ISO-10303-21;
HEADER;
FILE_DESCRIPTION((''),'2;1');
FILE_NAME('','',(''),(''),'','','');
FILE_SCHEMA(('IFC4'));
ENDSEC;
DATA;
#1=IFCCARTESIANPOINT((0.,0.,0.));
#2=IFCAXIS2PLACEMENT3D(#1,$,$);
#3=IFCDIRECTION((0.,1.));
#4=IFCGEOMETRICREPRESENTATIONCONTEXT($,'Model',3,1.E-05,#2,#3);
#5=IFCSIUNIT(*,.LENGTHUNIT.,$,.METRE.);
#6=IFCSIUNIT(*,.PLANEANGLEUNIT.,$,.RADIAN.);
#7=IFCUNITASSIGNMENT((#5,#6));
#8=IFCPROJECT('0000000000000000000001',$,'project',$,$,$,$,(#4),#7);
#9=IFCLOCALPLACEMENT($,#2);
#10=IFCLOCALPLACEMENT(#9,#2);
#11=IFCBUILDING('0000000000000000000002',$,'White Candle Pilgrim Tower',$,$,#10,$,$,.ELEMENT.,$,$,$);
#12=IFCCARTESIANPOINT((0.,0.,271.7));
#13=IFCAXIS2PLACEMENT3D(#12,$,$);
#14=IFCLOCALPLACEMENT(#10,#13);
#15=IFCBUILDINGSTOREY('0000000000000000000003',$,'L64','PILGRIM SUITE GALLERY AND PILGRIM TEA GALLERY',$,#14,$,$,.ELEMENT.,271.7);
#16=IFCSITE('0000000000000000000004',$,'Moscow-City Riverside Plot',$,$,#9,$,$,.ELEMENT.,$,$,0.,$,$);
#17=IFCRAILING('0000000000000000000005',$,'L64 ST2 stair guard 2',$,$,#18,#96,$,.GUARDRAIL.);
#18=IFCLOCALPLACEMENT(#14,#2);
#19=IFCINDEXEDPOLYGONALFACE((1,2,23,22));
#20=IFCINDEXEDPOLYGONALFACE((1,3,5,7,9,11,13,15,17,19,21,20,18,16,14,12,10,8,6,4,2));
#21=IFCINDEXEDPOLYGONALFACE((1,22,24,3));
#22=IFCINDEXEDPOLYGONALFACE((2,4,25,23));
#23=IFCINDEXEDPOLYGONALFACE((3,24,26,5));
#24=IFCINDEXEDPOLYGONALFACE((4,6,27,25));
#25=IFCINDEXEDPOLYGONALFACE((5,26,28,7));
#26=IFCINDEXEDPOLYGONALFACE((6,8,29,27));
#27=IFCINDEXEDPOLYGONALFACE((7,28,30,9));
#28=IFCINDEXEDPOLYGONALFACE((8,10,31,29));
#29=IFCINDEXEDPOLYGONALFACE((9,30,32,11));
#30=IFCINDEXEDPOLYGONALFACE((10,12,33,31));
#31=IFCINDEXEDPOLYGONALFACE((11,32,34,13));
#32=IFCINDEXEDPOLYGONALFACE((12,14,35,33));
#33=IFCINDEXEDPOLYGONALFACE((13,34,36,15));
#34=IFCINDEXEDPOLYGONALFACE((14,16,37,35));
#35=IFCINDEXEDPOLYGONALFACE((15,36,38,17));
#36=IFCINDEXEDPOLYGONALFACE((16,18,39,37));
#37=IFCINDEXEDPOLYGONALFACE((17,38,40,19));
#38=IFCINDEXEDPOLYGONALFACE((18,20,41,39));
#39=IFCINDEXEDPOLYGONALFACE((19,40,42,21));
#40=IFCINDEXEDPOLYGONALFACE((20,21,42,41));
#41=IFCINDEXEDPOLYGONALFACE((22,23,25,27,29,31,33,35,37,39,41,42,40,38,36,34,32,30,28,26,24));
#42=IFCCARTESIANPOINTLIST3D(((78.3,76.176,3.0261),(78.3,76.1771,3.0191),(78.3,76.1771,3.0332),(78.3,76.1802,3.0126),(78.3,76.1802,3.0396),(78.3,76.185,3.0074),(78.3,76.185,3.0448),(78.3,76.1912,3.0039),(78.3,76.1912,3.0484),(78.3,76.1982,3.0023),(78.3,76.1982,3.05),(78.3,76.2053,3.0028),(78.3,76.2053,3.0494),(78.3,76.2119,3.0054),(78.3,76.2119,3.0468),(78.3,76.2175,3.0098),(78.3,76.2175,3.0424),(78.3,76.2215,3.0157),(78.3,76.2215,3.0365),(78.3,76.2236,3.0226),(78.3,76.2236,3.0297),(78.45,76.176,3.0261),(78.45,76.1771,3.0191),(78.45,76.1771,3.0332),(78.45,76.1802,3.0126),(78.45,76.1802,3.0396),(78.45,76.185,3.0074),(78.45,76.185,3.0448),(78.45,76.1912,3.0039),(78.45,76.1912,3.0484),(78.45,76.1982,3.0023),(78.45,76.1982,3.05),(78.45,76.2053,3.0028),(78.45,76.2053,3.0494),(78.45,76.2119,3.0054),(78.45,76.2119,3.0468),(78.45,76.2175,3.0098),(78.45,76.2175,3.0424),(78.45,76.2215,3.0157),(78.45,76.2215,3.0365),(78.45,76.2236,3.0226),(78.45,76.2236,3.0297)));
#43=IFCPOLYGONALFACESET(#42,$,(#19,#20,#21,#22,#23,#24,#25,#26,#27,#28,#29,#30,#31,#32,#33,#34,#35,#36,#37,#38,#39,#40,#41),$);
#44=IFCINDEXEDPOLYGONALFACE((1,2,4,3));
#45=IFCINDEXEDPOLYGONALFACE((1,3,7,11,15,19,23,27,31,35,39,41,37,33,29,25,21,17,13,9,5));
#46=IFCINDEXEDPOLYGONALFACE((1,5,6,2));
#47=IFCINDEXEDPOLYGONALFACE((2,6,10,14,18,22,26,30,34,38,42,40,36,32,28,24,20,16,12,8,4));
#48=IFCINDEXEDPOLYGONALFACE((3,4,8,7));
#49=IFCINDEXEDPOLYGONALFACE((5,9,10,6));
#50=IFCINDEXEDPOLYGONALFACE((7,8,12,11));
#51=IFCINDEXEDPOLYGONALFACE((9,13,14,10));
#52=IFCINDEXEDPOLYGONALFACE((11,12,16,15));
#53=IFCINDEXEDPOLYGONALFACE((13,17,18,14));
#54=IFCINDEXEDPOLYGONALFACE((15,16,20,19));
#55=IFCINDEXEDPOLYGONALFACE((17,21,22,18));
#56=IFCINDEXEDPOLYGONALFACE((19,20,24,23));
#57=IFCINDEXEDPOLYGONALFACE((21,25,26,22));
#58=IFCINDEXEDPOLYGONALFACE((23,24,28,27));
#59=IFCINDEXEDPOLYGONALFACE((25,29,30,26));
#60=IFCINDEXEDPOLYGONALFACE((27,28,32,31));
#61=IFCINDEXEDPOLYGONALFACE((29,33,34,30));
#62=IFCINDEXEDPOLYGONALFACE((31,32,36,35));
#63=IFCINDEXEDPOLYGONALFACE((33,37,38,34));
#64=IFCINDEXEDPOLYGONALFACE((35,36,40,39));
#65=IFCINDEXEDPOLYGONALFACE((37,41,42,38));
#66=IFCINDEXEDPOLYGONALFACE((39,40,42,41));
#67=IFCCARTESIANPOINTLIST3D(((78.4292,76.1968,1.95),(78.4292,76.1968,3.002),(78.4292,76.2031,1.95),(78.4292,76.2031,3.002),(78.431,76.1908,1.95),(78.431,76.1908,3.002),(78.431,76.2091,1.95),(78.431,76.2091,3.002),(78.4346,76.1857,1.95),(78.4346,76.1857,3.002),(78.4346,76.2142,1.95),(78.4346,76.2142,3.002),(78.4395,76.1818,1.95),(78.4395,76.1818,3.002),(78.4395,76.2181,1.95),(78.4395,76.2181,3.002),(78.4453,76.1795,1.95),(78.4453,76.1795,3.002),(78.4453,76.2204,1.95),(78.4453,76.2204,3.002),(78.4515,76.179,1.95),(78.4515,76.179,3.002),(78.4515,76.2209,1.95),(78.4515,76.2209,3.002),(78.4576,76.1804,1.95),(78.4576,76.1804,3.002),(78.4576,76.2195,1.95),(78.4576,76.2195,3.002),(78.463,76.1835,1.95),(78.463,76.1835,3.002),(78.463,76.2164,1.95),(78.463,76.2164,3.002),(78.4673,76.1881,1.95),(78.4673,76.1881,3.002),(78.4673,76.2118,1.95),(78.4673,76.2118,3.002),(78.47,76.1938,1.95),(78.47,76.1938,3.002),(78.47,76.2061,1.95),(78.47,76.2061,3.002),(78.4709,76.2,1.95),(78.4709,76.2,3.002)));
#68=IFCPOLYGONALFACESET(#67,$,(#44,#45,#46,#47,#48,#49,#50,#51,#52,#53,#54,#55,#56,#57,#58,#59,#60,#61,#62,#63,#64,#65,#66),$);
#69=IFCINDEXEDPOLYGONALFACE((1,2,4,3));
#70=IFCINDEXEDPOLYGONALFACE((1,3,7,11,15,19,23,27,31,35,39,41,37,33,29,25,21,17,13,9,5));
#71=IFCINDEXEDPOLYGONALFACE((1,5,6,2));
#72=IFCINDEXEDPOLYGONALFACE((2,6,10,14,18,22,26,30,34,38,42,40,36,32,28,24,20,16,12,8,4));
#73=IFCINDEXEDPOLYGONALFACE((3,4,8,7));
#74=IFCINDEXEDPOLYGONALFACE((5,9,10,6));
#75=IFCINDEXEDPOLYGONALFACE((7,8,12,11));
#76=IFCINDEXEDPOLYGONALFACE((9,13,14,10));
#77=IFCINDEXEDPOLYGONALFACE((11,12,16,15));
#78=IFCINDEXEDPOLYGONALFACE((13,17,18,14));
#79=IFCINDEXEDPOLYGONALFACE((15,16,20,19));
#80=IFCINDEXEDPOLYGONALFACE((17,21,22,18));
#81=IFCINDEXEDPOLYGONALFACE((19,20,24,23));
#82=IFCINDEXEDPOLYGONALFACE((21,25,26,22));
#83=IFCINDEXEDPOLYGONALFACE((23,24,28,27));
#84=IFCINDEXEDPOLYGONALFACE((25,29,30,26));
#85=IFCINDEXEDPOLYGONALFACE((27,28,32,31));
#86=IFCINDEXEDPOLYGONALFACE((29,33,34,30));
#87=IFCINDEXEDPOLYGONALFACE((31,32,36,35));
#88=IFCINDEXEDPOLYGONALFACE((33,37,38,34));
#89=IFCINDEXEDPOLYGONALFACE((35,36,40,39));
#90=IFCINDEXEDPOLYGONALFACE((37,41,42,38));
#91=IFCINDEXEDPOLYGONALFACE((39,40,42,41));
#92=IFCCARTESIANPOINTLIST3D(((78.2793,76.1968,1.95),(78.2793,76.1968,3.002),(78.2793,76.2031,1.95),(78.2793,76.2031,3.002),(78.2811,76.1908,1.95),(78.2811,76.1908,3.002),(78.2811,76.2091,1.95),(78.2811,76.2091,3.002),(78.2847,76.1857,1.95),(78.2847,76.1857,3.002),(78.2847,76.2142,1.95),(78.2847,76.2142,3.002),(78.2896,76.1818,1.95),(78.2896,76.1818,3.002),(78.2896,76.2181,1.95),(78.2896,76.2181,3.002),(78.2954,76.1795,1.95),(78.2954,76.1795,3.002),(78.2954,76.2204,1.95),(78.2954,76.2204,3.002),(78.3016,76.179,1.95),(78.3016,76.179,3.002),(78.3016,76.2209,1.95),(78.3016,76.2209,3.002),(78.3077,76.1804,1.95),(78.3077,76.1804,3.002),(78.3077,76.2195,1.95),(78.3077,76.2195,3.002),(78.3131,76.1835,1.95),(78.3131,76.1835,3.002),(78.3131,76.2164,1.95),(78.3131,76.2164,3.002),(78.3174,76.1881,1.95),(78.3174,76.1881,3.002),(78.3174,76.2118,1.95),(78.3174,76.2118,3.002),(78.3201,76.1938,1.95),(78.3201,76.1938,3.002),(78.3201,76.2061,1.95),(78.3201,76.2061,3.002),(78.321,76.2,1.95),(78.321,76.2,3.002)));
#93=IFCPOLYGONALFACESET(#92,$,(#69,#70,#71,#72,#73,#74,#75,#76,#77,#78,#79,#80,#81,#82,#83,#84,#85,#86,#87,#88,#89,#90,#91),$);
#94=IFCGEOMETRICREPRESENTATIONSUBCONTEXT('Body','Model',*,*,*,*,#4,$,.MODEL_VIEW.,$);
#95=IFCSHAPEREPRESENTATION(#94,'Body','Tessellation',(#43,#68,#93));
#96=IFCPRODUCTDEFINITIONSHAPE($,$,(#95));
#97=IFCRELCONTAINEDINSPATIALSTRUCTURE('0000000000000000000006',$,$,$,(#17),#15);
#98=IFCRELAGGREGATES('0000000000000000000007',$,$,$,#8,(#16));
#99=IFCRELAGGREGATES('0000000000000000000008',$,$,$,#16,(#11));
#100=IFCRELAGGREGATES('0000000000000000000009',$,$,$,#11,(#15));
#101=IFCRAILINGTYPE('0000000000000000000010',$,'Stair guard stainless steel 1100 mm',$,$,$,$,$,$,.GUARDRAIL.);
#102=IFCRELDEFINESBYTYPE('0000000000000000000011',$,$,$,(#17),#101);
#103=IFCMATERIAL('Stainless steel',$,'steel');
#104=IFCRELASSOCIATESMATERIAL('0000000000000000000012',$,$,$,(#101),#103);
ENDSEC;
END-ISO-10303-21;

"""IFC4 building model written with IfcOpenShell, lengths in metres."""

from ifc_helpers import new_model, si_unit, direction, frame, origin, origin_2d, place, context, subcontext, project, spatial, circle, extrude, material, type_object, element, save


model = new_model("IFC4")

# Units and contexts
model_context = context("Model", 3, precision=1e-05, world=origin(), true_north=direction((0.0, 1.0)))
body_context = subcontext(model_context, "Body", "Model", "MODEL_VIEW")
ifc_project = project(units=[si_unit("LENGTHUNIT", "METRE"), si_unit("PLANEANGLEUNIT", "RADIAN")], contexts=[model_context])

# Site, building, storey
site_placement = place(None, origin())
site = spatial("IfcSite", under=ifc_project, at=site_placement, Name="Moscow-City Riverside Plot", CompositionType="ELEMENT", RefElevation=0.0)
building_placement = place(site_placement, origin())
building = spatial("IfcBuilding", under=site, at=building_placement, Name="White Candle Pilgrim Tower", CompositionType="ELEMENT")
storey_placement = place(building_placement, frame((0.0, 0.0, 271.7)))
storey = spatial("IfcBuildingStorey", under=building, at=storey_placement, Name="L64", Description="PILGRIM SUITE GALLERY AND PILGRIM TEA GALLERY", CompositionType="ELEMENT", Elevation=271.7)

# Railing
ifc_material_1 = material(Name="Stainless steel", Category="steel")
railing_type_1 = type_object("IfcRailingType", Name="Stair guard stainless steel 1100 mm", PredefinedType="GUARDRAIL", material=ifc_material_1)
railing_1_placement = place(storey_placement, frame((78.45, 76.2, 1.95)))
element("IfcRailing", 1, at=railing_1_placement, inside=storey, type_object=railing_type_1, Name="L64 ST2 stair guard 2", PredefinedType="GUARDRAIL", context=body_context, shape_type="SweptSolid", body=[
    extrude(circle(Radius=0.0239, at=origin_2d()), frame((0.0, 0.0, 1.0762), z_axis=(-1.0, 0.0, 0.0), x_axis=(0.0, -1.0, 0.0)), (0.0, 0.0, 1.0), 0.1499),
    extrude(circle(Radius=0.021, at=origin_2d()), origin(), (0.0, 0.0, 1.0), 1.052),
    extrude(circle(Radius=0.021, at=origin_2d()), frame((-0.1499, 0.0, 0.0)), (0.0, 0.0, 1.0), 1.052),
])

save(model, "model.ifc")
